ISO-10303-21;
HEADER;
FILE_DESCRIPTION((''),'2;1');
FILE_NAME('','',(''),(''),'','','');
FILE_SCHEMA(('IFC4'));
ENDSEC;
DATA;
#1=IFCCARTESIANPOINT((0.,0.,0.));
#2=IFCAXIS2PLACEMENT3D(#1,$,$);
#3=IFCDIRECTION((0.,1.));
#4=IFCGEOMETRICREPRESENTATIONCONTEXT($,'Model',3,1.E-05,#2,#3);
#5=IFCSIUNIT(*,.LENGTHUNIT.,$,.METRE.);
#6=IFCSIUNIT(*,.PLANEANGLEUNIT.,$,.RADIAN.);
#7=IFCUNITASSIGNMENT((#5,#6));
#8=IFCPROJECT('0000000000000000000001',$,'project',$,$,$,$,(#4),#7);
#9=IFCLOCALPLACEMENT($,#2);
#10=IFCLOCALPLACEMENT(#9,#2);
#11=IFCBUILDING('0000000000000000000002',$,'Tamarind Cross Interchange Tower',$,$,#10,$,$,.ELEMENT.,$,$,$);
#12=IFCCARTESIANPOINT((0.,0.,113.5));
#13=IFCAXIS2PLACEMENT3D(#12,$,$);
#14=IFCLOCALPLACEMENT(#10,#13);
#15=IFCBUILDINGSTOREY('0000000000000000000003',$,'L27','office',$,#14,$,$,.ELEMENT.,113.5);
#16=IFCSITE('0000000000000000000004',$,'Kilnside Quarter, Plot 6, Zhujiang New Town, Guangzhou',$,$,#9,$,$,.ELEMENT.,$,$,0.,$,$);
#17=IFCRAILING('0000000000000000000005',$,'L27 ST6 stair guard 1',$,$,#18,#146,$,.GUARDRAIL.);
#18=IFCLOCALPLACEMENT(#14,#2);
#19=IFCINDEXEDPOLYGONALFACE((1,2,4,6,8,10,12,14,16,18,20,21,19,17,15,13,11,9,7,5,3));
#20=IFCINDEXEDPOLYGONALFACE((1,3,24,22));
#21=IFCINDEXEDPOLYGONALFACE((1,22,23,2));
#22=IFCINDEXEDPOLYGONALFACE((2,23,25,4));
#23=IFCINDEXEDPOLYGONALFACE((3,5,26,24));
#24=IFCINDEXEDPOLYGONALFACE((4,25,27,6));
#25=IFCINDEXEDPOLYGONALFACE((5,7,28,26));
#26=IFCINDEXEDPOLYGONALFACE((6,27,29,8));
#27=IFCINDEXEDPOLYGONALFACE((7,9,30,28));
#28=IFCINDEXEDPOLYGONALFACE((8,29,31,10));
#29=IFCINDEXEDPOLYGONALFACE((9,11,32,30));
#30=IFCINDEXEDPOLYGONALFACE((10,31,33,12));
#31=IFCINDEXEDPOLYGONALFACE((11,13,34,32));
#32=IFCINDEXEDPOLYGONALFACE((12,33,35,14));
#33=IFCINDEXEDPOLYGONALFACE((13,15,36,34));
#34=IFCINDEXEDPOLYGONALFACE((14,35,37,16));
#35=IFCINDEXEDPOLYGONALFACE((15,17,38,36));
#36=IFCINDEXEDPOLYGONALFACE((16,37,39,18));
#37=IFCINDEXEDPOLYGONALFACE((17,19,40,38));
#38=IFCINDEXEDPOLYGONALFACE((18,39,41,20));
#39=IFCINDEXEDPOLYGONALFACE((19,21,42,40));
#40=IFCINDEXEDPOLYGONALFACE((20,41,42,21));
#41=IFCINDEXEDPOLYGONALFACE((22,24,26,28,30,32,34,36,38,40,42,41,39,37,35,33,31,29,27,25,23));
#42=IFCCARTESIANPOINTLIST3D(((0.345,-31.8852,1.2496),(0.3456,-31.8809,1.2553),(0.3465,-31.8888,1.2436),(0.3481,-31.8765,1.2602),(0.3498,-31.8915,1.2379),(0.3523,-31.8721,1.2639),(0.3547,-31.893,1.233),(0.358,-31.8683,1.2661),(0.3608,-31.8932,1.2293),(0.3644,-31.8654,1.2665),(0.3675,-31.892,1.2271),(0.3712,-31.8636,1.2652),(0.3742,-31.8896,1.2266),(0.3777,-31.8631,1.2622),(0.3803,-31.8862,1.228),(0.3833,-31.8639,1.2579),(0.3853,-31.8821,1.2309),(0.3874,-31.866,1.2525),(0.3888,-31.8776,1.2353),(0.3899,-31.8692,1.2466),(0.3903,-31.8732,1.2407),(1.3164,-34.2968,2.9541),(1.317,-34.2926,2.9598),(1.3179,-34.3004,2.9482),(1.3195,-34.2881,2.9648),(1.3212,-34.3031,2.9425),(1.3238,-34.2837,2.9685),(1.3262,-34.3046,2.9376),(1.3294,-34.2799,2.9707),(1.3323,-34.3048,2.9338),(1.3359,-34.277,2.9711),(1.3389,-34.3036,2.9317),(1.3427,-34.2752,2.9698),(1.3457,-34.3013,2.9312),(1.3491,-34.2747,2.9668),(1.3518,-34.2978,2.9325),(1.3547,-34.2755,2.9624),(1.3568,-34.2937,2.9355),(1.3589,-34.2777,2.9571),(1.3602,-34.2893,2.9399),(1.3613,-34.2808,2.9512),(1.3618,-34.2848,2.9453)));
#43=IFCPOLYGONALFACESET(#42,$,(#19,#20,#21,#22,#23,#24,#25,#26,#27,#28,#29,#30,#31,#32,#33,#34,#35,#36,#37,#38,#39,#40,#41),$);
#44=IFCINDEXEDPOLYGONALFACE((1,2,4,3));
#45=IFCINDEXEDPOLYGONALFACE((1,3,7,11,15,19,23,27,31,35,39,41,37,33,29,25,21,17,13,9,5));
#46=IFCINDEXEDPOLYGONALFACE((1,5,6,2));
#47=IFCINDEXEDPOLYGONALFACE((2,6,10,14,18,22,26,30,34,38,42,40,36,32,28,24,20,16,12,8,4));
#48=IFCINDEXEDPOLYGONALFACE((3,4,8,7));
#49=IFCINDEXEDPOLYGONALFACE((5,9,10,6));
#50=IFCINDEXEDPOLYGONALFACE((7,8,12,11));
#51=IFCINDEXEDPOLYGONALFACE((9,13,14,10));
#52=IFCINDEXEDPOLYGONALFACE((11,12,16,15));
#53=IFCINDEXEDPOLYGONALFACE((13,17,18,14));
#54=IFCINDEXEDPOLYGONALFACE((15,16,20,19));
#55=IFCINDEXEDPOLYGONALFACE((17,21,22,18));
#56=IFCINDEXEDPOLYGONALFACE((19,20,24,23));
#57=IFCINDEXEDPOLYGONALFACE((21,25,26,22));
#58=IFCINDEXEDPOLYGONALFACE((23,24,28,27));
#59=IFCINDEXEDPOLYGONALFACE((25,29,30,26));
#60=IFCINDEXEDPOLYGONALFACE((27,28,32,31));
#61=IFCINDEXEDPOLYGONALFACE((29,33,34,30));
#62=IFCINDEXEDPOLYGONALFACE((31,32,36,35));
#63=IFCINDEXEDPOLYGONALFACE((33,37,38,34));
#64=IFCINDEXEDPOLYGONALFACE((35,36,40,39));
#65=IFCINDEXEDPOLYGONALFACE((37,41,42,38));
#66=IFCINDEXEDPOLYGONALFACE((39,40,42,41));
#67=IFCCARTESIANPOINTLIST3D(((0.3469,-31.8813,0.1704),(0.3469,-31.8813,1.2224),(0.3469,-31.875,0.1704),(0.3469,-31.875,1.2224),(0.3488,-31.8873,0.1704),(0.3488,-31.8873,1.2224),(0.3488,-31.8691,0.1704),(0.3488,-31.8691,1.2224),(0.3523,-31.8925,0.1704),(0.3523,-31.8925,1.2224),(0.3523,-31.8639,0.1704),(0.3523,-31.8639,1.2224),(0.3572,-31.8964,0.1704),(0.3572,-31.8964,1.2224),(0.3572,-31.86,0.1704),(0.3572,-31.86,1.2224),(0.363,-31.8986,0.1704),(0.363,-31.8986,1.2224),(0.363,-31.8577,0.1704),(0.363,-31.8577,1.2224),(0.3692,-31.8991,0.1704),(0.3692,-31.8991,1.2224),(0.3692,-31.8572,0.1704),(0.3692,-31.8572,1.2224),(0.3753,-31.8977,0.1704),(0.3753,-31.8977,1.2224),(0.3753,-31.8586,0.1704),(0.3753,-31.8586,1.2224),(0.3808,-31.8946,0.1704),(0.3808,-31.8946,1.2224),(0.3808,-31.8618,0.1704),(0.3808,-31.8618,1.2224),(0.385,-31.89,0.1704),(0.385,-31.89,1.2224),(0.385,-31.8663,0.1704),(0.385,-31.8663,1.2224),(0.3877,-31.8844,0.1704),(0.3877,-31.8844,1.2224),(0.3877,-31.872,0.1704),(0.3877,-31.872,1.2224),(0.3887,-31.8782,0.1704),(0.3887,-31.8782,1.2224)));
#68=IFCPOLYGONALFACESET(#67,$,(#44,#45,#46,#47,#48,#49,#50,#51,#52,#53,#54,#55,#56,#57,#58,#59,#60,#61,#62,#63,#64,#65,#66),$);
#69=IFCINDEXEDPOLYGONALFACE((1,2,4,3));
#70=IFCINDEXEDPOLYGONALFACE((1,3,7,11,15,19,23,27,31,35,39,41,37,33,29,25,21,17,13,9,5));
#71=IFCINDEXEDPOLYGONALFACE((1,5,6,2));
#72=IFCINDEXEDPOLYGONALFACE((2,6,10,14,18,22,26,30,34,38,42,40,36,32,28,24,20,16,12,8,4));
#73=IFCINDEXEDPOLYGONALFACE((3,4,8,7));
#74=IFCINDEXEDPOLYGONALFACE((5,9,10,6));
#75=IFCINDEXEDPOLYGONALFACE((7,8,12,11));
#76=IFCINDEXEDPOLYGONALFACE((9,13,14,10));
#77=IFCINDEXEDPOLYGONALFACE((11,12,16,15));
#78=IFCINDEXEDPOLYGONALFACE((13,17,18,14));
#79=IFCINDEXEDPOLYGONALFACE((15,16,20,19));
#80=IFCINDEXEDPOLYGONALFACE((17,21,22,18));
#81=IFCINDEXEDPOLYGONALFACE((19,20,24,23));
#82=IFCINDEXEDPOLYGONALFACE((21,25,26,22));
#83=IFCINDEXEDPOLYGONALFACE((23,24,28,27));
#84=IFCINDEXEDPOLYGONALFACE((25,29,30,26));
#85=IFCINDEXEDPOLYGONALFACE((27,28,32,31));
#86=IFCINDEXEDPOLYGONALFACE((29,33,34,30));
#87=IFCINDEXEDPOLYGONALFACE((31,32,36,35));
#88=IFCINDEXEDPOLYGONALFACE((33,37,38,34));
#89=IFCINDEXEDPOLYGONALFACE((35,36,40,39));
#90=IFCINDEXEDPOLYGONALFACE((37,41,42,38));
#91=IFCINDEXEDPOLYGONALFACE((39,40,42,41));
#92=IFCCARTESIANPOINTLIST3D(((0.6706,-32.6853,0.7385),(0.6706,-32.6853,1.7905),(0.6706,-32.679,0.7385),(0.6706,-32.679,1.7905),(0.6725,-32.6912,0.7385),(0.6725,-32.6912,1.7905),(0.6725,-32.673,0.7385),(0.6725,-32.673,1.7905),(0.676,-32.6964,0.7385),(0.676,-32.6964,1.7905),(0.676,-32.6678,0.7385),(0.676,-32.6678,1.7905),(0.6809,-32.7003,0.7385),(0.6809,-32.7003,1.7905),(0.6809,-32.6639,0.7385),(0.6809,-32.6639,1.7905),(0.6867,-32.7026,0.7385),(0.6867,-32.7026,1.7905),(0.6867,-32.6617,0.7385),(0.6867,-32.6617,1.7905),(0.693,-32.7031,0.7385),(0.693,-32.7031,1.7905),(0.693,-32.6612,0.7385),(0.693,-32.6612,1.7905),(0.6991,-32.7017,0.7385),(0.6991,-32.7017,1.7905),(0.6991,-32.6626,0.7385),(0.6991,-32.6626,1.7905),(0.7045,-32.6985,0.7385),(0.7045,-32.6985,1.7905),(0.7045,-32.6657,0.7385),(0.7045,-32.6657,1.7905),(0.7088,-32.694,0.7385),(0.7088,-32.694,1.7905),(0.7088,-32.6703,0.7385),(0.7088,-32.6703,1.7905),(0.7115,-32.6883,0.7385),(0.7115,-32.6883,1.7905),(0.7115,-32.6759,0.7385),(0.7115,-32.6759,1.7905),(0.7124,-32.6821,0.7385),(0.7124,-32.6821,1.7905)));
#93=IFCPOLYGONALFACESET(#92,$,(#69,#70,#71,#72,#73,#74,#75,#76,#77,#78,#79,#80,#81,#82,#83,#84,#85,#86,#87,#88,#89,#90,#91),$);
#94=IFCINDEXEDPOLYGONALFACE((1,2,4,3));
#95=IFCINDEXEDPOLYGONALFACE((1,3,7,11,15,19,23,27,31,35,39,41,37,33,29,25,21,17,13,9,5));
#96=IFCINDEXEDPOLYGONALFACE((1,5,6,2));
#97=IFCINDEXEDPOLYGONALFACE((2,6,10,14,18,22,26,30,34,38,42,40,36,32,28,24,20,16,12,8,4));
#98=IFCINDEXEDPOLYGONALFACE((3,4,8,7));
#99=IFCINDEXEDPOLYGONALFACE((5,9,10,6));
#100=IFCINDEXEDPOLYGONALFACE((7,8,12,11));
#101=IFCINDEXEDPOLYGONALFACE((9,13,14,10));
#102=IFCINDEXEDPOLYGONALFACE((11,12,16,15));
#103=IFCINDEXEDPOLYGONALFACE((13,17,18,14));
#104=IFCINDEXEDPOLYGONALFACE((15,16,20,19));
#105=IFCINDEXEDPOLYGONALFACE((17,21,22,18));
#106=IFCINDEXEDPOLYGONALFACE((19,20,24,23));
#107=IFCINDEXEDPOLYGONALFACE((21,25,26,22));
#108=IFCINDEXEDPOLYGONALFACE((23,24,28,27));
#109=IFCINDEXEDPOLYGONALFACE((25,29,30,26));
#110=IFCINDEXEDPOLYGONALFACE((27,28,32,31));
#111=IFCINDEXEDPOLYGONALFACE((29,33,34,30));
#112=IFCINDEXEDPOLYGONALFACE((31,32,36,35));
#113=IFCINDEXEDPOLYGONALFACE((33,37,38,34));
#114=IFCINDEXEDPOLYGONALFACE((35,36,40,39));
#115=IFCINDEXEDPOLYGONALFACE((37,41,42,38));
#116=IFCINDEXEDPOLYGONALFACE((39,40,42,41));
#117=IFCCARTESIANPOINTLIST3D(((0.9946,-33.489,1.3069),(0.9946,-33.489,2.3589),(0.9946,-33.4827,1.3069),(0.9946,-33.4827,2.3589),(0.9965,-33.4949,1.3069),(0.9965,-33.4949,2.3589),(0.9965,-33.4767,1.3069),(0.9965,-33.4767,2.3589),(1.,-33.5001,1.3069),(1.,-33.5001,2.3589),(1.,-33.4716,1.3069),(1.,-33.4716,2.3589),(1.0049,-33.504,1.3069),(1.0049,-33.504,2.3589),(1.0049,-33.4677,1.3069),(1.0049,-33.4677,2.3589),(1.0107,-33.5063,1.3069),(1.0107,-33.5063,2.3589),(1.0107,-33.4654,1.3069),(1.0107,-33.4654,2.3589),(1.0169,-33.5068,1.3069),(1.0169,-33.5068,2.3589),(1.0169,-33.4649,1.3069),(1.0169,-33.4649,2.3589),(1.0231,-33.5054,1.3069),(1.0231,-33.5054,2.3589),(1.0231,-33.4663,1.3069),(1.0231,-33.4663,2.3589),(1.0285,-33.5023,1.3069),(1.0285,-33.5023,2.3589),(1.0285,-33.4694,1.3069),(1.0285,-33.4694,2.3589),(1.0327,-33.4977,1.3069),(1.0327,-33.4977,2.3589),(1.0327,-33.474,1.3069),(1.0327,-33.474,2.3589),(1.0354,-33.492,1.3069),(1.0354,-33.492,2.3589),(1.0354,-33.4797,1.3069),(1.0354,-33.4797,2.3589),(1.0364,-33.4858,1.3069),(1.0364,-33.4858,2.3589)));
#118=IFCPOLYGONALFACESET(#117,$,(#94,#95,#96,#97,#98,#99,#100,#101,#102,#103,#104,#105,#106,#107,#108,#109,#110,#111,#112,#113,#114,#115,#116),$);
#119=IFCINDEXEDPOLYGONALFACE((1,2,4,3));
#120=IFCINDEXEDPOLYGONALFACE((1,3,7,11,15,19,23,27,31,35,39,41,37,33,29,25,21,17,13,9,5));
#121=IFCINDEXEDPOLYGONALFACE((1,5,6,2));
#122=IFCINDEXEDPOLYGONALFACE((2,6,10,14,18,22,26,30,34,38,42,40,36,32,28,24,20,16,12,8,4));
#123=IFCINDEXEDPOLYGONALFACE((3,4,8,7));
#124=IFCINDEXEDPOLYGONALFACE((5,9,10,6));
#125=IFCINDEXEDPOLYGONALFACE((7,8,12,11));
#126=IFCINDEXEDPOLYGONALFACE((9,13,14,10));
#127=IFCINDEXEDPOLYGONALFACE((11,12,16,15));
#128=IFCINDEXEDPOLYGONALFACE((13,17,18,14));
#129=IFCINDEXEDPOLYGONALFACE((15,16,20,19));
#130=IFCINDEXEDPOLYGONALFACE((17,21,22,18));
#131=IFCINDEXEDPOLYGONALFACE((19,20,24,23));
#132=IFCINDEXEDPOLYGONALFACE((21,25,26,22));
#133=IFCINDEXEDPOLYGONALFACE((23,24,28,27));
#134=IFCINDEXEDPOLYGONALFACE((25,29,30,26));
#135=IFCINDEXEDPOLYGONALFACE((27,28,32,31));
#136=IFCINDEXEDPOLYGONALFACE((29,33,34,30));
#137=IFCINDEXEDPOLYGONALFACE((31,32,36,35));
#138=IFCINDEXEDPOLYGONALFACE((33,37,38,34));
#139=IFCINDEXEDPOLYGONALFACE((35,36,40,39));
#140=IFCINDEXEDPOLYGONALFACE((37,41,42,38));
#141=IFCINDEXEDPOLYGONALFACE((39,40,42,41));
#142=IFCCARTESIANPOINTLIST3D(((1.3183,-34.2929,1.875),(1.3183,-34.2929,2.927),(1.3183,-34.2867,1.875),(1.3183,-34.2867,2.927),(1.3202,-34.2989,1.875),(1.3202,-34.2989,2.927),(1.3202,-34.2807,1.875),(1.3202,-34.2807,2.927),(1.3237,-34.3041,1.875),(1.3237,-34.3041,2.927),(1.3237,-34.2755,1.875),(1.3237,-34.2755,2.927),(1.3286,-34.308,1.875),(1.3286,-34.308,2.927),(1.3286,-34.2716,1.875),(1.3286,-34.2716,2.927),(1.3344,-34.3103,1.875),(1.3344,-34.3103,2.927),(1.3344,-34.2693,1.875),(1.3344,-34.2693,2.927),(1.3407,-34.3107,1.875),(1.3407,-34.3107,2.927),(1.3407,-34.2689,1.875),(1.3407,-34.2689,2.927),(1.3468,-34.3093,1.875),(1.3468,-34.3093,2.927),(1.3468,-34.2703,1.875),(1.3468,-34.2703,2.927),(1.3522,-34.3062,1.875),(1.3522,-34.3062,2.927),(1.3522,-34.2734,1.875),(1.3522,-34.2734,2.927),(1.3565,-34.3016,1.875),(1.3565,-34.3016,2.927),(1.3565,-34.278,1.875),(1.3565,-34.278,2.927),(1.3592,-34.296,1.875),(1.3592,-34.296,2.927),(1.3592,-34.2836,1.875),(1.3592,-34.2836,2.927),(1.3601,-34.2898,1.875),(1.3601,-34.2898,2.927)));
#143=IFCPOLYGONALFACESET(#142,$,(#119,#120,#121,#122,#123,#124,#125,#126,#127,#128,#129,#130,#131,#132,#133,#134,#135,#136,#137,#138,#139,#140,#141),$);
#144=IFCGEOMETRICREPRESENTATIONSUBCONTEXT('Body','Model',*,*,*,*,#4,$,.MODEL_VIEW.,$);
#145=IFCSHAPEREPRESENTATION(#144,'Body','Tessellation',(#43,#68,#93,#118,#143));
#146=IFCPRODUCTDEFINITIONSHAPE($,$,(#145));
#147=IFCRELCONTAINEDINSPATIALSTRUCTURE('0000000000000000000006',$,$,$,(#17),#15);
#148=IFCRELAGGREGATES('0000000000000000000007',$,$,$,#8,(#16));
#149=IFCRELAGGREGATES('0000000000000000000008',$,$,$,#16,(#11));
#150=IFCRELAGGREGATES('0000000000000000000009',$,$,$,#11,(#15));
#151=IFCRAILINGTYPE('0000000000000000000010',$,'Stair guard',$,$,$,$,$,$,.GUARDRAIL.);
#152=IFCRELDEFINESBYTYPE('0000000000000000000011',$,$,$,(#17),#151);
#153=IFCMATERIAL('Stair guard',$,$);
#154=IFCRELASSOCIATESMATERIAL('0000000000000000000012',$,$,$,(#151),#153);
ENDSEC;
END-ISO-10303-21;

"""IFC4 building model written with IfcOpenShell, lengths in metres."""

from ifc_helpers import new_model, si_unit, direction, frame, origin, origin_2d, place, context, subcontext, project, spatial, circle, extrude, material, type_object, element, save


model = new_model("IFC4")

# Units and contexts
model_context = context("Model", 3, precision=1e-05, world=origin(), true_north=direction((0.0, 1.0)))
body_context = subcontext(model_context, "Body", "Model", "MODEL_VIEW")
ifc_project = project(units=[si_unit("LENGTHUNIT", "METRE"), si_unit("PLANEANGLEUNIT", "RADIAN")], contexts=[model_context])

# Site, building, storey
site_placement = place(None, origin())
site = spatial("IfcSite", under=ifc_project, at=site_placement, Name="Kilnside Quarter, Plot 6, Zhujiang New Town, Guangzhou", CompositionType="ELEMENT", RefElevation=0.0)
building_placement = place(site_placement, origin())
building = spatial("IfcBuilding", under=site, at=building_placement, Name="Tamarind Cross Interchange Tower", CompositionType="ELEMENT")
storey_placement = place(building_placement, frame((0.0, 0.0, 113.5)))
storey = spatial("IfcBuildingStorey", under=building, at=storey_placement, Name="L27", Description="office", CompositionType="ELEMENT", Elevation=113.5)

# Railing
ifc_material_1 = material(Name="Stair guard")
railing_type_1 = type_object("IfcRailingType", Name="Stair guard", PredefinedType="GUARDRAIL", material=ifc_material_1)
railing_1_placement = place(storey_placement, frame((0.3677, -31.8782, 0.1704)))
element("IfcRailing", 1, at=railing_1_placement, inside=storey, type_object=railing_type_1, Name="L27 ST6 stair guard 1", PredefinedType="GUARDRAIL", context=body_context, shape_type="SweptSolid", body=[
    extrude(circle(Radius=0.0239, at=origin_2d()), frame((0.0, 0.0, 1.0762), z_axis=(0.31247, -0.775716, 0.548294), x_axis=(0.927574, 0.37364, 0.0)), (0.0, 0.0, 1.0), 3.1089),
    extrude(circle(Radius=0.021, at=origin_2d()), origin(), (0.0, 0.0, 1.0), 1.052),
    extrude(circle(Radius=0.021, at=origin_2d()), frame((0.3237, -0.804, 0.5681)), (0.0, 0.0, 1.0), 1.052),
    extrude(circle(Radius=0.021, at=origin_2d()), frame((0.6477, -1.6077, 1.1365)), (0.0, 0.0, 1.0), 1.052),
    extrude(circle(Radius=0.021, at=origin_2d()), frame((0.9714, -2.4116, 1.7046)), (0.0, 0.0, 1.0), 1.052),
])

save(model, "model.ifc")
